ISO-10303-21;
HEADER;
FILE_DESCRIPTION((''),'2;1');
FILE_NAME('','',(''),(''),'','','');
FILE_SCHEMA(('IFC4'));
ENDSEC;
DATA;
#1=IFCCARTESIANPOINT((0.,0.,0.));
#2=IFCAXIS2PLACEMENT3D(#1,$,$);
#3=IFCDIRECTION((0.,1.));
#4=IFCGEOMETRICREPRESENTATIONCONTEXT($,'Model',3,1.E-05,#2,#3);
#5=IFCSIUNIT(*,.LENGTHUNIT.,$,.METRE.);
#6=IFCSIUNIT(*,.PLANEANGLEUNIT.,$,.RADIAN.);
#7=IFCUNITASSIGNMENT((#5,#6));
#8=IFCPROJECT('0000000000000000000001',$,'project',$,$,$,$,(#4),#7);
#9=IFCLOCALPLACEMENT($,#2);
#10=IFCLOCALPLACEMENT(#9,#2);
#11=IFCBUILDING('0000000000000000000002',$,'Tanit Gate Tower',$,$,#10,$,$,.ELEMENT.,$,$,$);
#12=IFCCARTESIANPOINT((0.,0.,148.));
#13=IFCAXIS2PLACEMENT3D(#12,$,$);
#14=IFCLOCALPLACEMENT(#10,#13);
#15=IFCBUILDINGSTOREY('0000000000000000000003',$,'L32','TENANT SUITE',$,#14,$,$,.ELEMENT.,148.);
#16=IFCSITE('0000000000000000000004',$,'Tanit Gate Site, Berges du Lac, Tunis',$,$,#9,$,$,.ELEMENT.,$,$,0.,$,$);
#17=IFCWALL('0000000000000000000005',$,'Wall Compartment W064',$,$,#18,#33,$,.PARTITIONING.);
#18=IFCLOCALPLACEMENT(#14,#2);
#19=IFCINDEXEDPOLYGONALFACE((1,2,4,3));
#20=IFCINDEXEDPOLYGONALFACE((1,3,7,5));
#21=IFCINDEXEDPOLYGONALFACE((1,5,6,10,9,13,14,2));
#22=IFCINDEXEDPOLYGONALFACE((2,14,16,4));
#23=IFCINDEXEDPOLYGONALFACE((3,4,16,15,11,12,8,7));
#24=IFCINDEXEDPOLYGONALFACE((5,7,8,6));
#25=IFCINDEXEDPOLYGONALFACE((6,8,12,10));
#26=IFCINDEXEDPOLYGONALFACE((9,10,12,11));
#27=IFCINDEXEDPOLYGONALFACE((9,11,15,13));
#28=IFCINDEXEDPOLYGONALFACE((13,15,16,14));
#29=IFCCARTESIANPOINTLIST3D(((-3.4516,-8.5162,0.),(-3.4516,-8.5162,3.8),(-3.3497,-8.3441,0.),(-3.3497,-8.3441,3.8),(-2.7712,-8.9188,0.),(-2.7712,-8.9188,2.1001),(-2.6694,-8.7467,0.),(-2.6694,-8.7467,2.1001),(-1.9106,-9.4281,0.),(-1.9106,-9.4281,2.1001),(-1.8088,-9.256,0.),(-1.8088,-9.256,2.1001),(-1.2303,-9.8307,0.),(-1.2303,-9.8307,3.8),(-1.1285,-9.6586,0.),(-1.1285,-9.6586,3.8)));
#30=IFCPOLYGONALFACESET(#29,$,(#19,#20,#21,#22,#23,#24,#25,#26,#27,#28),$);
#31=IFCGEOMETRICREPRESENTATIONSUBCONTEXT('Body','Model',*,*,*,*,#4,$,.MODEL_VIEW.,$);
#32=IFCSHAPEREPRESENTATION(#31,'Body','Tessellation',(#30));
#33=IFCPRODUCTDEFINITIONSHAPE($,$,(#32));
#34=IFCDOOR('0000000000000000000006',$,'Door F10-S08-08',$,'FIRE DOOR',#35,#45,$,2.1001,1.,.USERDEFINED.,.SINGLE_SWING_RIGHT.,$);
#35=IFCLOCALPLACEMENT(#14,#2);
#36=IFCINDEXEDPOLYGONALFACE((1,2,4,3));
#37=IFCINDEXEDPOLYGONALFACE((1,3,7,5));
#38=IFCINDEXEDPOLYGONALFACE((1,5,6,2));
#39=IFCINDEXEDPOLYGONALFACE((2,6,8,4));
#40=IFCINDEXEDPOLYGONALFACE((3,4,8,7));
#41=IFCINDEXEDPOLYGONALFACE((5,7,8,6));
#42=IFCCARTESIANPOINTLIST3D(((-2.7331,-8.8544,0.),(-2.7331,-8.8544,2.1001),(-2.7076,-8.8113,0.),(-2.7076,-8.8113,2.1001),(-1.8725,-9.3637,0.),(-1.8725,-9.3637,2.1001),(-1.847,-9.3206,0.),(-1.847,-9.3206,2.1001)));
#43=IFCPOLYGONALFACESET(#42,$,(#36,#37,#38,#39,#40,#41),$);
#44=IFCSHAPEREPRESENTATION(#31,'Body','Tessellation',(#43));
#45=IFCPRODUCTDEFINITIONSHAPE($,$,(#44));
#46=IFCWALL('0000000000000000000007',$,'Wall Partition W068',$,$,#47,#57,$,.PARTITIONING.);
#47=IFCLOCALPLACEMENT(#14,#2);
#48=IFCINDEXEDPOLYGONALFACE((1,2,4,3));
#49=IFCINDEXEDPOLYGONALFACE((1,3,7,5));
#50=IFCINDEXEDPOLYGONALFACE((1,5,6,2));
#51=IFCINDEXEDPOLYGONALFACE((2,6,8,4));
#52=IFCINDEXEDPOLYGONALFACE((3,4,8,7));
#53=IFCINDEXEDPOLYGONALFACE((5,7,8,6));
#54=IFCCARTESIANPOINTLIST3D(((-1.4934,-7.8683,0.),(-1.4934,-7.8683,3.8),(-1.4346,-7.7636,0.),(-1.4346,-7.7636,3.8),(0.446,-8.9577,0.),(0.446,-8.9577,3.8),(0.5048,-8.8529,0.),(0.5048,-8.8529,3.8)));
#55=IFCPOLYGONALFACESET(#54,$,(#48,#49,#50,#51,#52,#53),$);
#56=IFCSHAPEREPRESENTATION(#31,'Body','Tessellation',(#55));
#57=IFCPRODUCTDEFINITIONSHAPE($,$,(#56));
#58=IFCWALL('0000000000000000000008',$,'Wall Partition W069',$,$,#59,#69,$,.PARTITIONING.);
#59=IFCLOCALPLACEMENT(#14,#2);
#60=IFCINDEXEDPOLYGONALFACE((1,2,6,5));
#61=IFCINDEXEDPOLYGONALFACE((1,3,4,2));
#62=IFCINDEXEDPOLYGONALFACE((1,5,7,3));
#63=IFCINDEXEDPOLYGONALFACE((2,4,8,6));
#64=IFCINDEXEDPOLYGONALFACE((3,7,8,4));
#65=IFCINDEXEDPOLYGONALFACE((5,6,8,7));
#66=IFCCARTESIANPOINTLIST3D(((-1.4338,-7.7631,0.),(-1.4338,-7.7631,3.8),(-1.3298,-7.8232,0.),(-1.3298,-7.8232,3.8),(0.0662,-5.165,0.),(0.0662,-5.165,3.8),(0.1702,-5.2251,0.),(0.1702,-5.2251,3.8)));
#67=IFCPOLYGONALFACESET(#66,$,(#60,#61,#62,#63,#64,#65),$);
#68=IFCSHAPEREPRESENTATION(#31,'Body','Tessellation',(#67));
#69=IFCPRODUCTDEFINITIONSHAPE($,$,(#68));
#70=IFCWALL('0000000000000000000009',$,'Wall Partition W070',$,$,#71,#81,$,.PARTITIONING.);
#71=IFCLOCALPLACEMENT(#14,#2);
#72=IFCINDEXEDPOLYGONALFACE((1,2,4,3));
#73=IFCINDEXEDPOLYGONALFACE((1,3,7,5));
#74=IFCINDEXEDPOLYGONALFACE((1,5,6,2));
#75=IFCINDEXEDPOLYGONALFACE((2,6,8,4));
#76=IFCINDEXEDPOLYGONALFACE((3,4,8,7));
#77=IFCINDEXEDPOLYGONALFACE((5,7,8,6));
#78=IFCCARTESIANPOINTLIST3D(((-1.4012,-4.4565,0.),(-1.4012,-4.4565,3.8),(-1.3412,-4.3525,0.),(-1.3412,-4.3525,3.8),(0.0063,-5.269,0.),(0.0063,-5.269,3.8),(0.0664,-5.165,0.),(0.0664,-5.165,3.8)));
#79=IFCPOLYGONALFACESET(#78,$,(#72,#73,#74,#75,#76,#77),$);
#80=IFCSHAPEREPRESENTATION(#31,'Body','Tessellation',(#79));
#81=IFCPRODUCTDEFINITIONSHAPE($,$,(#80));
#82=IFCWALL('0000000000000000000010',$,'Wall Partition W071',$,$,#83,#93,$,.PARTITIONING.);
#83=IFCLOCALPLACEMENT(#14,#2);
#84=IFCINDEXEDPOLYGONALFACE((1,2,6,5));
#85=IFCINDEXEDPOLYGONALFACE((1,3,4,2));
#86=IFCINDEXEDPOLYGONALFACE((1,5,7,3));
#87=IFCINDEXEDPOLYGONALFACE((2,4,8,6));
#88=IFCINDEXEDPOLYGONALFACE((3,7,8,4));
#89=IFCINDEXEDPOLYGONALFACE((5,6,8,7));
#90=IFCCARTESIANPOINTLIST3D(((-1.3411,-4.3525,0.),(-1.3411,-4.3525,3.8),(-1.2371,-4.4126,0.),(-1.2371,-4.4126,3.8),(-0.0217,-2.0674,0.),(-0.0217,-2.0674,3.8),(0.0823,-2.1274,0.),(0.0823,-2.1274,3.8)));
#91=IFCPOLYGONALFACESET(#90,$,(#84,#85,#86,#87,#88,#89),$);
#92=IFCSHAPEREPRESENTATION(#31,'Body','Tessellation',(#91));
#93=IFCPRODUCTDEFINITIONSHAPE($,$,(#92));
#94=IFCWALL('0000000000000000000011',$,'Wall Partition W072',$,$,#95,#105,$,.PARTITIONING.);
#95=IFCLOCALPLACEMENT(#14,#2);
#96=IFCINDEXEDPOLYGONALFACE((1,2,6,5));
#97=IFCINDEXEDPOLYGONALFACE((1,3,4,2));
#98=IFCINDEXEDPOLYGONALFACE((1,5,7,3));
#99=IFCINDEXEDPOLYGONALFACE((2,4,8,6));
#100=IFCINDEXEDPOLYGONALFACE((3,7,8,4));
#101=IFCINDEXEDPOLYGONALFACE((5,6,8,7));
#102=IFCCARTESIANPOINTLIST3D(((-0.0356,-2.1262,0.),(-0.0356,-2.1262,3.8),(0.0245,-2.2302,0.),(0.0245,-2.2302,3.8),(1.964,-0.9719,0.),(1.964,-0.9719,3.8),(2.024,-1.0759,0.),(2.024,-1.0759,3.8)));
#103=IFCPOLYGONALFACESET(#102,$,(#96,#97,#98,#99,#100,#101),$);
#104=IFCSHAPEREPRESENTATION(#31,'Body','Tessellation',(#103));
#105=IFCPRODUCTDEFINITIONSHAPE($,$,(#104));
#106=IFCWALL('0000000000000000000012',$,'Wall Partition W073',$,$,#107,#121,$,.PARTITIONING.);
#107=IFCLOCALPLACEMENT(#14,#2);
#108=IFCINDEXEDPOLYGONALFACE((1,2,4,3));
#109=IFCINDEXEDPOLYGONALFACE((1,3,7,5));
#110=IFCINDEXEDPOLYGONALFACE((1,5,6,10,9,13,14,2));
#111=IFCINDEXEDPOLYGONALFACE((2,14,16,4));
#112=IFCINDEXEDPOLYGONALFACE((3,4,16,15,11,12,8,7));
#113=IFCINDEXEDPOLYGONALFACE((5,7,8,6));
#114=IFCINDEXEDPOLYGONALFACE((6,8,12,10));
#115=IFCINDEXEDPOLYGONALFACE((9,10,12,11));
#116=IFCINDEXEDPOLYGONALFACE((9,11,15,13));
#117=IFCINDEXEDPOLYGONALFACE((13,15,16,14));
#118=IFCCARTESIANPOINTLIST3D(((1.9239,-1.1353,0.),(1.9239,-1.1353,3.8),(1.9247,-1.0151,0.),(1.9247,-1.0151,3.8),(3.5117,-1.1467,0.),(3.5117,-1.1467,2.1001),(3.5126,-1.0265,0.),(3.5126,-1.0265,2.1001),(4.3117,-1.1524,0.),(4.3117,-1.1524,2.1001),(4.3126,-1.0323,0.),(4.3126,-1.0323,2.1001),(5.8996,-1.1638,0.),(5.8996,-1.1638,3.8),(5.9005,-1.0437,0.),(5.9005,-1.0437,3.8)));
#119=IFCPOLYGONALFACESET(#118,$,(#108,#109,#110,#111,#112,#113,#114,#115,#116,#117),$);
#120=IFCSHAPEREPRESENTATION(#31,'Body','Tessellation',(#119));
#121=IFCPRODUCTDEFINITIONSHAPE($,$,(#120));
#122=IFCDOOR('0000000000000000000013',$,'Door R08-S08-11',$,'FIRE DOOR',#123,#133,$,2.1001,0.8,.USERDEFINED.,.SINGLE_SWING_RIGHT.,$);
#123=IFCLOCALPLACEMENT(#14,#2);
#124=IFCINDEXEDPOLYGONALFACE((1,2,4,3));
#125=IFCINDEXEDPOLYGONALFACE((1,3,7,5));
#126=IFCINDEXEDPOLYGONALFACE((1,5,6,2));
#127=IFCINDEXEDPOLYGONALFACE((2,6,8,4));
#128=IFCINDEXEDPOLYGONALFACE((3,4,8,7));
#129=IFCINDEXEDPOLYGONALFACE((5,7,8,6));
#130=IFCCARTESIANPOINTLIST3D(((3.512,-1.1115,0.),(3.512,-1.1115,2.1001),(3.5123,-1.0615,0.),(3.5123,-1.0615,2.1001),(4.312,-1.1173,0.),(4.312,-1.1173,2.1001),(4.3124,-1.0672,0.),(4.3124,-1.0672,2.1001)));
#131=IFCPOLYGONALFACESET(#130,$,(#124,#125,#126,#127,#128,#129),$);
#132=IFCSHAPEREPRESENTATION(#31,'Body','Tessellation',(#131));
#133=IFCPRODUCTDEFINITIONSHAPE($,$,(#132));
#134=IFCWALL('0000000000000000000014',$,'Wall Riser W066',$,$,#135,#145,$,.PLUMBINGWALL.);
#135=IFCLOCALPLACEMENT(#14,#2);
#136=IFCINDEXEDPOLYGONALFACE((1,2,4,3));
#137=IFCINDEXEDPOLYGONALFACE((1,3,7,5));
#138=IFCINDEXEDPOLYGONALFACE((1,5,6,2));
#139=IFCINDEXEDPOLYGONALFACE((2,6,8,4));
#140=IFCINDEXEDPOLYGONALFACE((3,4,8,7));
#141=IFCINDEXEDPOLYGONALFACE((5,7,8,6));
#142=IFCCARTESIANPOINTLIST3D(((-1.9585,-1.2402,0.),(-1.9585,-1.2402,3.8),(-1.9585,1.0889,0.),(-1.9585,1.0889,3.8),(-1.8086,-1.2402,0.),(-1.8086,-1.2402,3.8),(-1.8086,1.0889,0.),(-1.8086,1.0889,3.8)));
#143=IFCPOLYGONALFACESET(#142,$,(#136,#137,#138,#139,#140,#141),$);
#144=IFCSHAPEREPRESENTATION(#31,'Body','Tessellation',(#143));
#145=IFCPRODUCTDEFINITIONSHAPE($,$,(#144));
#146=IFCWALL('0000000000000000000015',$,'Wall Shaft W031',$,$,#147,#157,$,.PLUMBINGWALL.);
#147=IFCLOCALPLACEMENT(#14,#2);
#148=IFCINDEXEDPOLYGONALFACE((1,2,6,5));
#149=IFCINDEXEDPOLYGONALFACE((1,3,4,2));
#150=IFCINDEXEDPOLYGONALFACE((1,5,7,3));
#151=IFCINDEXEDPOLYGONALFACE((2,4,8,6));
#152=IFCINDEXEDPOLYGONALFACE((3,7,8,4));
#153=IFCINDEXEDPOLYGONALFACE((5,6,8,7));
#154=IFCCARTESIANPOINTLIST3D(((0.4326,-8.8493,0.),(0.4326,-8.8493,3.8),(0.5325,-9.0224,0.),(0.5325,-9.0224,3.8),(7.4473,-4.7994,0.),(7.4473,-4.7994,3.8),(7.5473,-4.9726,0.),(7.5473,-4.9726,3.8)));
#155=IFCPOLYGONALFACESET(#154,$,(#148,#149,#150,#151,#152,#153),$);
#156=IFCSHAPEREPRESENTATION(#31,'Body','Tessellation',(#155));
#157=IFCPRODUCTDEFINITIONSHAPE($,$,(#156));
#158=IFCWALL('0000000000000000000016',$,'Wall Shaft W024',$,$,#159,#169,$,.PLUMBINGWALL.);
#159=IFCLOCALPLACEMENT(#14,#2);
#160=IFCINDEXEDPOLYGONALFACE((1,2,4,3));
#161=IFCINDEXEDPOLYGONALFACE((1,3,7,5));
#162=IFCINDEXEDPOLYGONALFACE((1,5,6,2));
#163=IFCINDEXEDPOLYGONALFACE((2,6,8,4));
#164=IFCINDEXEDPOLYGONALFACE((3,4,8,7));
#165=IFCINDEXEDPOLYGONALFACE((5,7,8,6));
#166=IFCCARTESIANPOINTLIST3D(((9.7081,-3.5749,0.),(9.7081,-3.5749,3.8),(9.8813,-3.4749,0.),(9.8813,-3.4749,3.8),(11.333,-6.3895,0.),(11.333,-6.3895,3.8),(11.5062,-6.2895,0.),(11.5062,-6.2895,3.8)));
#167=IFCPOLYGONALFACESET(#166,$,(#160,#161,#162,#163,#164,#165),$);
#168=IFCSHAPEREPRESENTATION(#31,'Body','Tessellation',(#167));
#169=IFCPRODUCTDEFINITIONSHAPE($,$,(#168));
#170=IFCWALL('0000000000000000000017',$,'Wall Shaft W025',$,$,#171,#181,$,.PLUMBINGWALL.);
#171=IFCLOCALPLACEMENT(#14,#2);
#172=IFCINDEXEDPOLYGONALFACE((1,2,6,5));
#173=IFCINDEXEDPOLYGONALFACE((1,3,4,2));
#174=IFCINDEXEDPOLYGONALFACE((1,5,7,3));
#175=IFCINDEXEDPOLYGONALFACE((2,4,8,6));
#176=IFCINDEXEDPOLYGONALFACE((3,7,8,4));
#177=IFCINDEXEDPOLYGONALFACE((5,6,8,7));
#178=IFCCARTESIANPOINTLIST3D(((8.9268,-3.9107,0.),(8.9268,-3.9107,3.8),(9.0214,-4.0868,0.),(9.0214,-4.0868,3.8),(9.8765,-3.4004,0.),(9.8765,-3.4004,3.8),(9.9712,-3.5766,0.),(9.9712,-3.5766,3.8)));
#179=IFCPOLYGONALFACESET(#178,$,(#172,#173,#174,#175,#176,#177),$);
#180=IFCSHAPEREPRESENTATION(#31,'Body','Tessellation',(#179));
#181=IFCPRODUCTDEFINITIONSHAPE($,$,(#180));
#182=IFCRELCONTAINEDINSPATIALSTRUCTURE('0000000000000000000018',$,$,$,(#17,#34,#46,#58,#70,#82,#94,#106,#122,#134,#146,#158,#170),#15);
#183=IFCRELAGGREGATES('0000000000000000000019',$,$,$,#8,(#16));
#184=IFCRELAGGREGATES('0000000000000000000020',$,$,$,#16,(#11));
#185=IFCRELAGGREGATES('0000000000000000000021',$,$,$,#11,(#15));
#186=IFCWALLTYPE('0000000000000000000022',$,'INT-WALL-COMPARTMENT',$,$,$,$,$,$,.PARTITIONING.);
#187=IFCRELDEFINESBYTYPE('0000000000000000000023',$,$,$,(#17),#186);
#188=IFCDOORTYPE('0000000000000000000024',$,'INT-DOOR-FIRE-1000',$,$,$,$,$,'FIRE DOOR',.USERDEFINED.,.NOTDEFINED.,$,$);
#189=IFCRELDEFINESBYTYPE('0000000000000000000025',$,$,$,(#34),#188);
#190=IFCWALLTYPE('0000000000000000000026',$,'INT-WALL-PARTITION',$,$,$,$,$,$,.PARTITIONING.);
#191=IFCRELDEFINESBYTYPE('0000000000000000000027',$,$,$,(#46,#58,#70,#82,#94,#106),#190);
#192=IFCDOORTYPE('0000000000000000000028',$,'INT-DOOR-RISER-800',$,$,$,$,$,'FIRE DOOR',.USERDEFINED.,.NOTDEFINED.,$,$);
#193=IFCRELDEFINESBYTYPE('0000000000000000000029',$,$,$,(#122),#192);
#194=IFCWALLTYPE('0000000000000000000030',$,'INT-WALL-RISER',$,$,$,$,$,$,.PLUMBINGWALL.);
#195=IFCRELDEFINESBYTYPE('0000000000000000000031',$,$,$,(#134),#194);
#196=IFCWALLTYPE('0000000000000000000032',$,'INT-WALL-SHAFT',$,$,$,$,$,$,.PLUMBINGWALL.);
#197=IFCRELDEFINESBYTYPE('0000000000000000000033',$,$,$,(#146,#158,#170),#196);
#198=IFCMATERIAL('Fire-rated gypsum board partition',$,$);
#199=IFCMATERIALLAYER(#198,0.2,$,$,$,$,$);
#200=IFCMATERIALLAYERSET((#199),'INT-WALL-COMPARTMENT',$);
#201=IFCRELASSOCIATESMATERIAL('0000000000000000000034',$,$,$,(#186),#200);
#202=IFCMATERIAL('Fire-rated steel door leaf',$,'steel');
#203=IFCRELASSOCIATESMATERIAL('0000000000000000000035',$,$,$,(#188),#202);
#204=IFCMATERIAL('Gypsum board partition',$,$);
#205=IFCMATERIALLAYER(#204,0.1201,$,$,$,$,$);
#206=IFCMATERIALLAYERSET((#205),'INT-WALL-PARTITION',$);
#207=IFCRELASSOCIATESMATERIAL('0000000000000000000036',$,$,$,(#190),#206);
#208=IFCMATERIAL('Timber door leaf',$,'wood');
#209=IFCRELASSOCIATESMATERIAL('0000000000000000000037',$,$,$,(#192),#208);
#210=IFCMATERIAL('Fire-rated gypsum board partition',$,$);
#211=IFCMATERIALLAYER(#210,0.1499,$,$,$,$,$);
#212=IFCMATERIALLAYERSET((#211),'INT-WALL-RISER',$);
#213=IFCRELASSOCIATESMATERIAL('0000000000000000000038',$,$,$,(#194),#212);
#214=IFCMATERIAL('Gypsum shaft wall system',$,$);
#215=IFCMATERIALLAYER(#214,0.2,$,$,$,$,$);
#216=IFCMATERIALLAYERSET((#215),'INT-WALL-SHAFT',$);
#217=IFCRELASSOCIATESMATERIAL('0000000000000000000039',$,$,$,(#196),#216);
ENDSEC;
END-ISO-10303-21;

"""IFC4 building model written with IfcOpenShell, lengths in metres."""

from ifc_helpers import new_model, si_unit, direction, frame, frame_2d, origin, place, context, subcontext, project, spatial, rectangle, extrude, material, layer, layer_set, type_object, element, fill, save


model = new_model("IFC4")

# Units and contexts
model_context = context("Model", 3, precision=1e-05, world=origin(), true_north=direction((0.0, 1.0)))
body_context = subcontext(model_context, "Body", "Model", "MODEL_VIEW")
ifc_project = project(units=[si_unit("LENGTHUNIT", "METRE"), si_unit("PLANEANGLEUNIT", "RADIAN")], contexts=[model_context])

# Site, building, storey
site_placement = place(None, origin())
site = spatial("IfcSite", under=ifc_project, at=site_placement, Name="Tanit Gate Site, Berges du Lac, Tunis", CompositionType="ELEMENT", RefElevation=0.0)
building_placement = place(site_placement, origin())
building = spatial("IfcBuilding", under=site, at=building_placement, Name="Tanit Gate Tower", CompositionType="ELEMENT")
storey_placement = place(building_placement, frame((0.0, 0.0, 148.0)))
storey = spatial("IfcBuildingStorey", under=building, at=storey_placement, Name="L32", Description="TENANT SUITE", CompositionType="ELEMENT", Elevation=148.0)

# Shared definitions
ifc_material_1 = material(Name="Fire-rated gypsum board partition")
ifc_layer_1 = layer(ifc_material_1, 0.2)
ifc_layer_set_1 = layer_set([ifc_layer_1], Name="INT-WALL-COMPARTMENT")
wall_type_1 = type_object("IfcWallType", Name="INT-WALL-COMPARTMENT", PredefinedType="PARTITIONING", material=ifc_layer_set_1)

# Wall, opening, door
wall_1_placement = place(storey_placement, frame((-3.4006, -8.4302, 0.0), z_axis=(0.0, 0.0, 1.0), x_axis=(0.860599, -0.509284, 0.0)))
wall_1 = element("IfcWall", 1, at=wall_1_placement, inside=storey, type_object=wall_type_1, Name="Wall Compartment W064", PredefinedType="PARTITIONING", context=body_context, shape_type="SweptSolid", body=[
    extrude(rectangle(XDim=2.5811, YDim=0.2, at=frame_2d((1.2905, 0.0))), origin(), (0.0, 0.0, 1.0), 3.8),
])
opening_1_placement = place(wall_1_placement, frame((0.7905, 0.0, 0.0)))
opening_1 = element("IfcOpeningElement", 2, at=opening_1_placement, cuts=wall_1, PredefinedType="OPENING", context=body_context, shape_type="SweptSolid", body=[
    extrude(rectangle(XDim=1.0, YDim=2.1001, at=frame_2d((0.5, 1.05))), frame((0.0, 0.1099, 0.0), z_axis=(0.0, -1.0, 0.0), x_axis=(1.0, 0.0, 0.0)), (0.0, 0.0, 1.0), 0.22),
])
ifc_material_2 = material(Name="Fire-rated steel door leaf", Category="steel")
door_type_1 = type_object("IfcDoorType", Name="INT-DOOR-FIRE-1000", ElementType="FIRE DOOR", OperationType="NOTDEFINED", PredefinedType="USERDEFINED", material=ifc_material_2)
door_1_placement = place(opening_1_placement, origin())
door_1 = element("IfcDoor", 3, at=door_1_placement, inside=storey, type_object=door_type_1, Name="Door F10-S08-08", ObjectType="FIRE DOOR", OperationType="SINGLE_SWING_RIGHT", OverallHeight=2.1001, OverallWidth=1.0, PredefinedType="USERDEFINED", context=body_context, shape_type="SweptSolid", body=[
    extrude(rectangle(XDim=1.0, YDim=2.1001, at=frame_2d((0.5, 1.05))), frame((0.0, 0.0249, 0.0), z_axis=(0.0, -1.0, 0.0), x_axis=(1.0, 0.0, 0.0)), (0.0, 0.0, 1.0), 0.05),
])
fill(opening_1, door_1)

# Walls
ifc_material_3 = material(Name="Gypsum board partition")
ifc_layer_2 = layer(ifc_material_3, 0.1201)
ifc_layer_set_2 = layer_set([ifc_layer_2], Name="INT-WALL-PARTITION")
wall_type_2 = type_object("IfcWallType", Name="INT-WALL-PARTITION", PredefinedType="PARTITIONING", material=ifc_layer_set_2)
wall_2_placement = place(storey_placement, frame((-1.4641, -7.8159, 0.0), z_axis=(0.0, 0.0, 1.0), x_axis=(0.87188, -0.489719, 0.0)))
element("IfcWall", 4, at=wall_2_placement, inside=storey, type_object=wall_type_2, Name="Wall Partition W068", PredefinedType="PARTITIONING", context=body_context, shape_type="SweptSolid", body=[
    extrude(rectangle(XDim=2.2244, YDim=0.1201, at=frame_2d((1.1123, 0.0))), origin(), (0.0, 0.0, 1.0), 3.8),
])
wall_3_placement = place(storey_placement, frame((0.1182, -5.1951, 0.0), z_axis=(0.0, 0.0, 1.0), x_axis=(-0.49999, -0.866031, 0.0)))
element("IfcWall", 5, at=wall_3_placement, inside=storey, type_object=wall_type_2, Name="Wall Partition W069", PredefinedType="PARTITIONING", context=body_context, shape_type="SweptSolid", body=[
    extrude(rectangle(XDim=3.0, YDim=0.1201, at=frame_2d((1.5, 0.0))), origin(), (0.0, 0.0, 1.0), 3.8),
])
wall_4_placement = place(storey_placement, frame((-1.3711, -4.4045, 0.0), z_axis=(0.0, 0.0, 1.0), x_axis=(0.866053, -0.499952, 0.0)))
element("IfcWall", 6, at=wall_4_placement, inside=storey, type_object=wall_type_2, Name="Wall Partition W070", PredefinedType="PARTITIONING", context=body_context, shape_type="SweptSolid", body=[
    extrude(rectangle(XDim=1.6252, YDim=0.1201, at=frame_2d((0.8125, 0.0))), origin(), (0.0, 0.0, 1.0), 3.8),
])
wall_5_placement = place(storey_placement, frame((0.0303, -2.0974, 0.0), z_axis=(0.0, 0.0, 1.0), x_axis=(-0.5, -0.866025, 0.0)))
element("IfcWall", 7, at=wall_5_placement, inside=storey, type_object=wall_type_2, Name="Wall Partition W071", PredefinedType="PARTITIONING", context=body_context, shape_type="SweptSolid", body=[
    extrude(rectangle(XDim=2.6387, YDim=0.1201, at=frame_2d((1.3193, 0.0))), origin(), (0.0, 0.0, 1.0), 3.8),
])
wall_6_placement = place(storey_placement, frame((1.9939, -1.0239, 0.0), z_axis=(0.0, 0.0, 1.0), x_axis=(-0.866048, -0.49996, 0.0)))
element("IfcWall", 8, at=wall_6_placement, inside=storey, type_object=wall_type_2, Name="Wall Partition W072", PredefinedType="PARTITIONING", context=body_context, shape_type="SweptSolid", body=[
    extrude(rectangle(XDim=2.3088, YDim=0.1201, at=frame_2d((1.1543, 0.0))), origin(), (0.0, 0.0, 1.0), 3.8),
])

# Wall, opening, door
wall_7_placement = place(storey_placement, frame((5.8999, -1.1038, 0.0), z_axis=(0.0, 0.0, 1.0), x_axis=(-0.999974, 0.007184, 0.0)))
wall_7 = element("IfcWall", 9, at=wall_7_placement, inside=storey, type_object=wall_type_2, Name="Wall Partition W073", PredefinedType="PARTITIONING", context=body_context, shape_type="SweptSolid", body=[
    extrude(rectangle(XDim=3.9758, YDim=0.1201, at=frame_2d((1.9878, 0.0))), origin(), (0.0, 0.0, 1.0), 3.8),
])
opening_2_placement = place(wall_7_placement, frame((1.5879, 0.0, 0.0)))
opening_2 = element("IfcOpeningElement", 10, at=opening_2_placement, cuts=wall_7, PredefinedType="OPENING", context=body_context, shape_type="SweptSolid", body=[
    extrude(rectangle(XDim=0.8, YDim=2.1001, at=frame_2d((0.3999, 1.05))), frame((0.0, 0.0701, 0.0), z_axis=(0.0, -1.0, 0.0), x_axis=(1.0, 0.0, 0.0)), (0.0, 0.0, 1.0), 0.1401),
])
ifc_material_4 = material(Name="Timber door leaf", Category="wood")
door_type_2 = type_object("IfcDoorType", Name="INT-DOOR-RISER-800", ElementType="FIRE DOOR", OperationType="NOTDEFINED", PredefinedType="USERDEFINED", material=ifc_material_4)
door_2_placement = place(opening_2_placement, origin())
door_2 = element("IfcDoor", 11, at=door_2_placement, inside=storey, type_object=door_type_2, Name="Door R08-S08-11", ObjectType="FIRE DOOR", OperationType="SINGLE_SWING_RIGHT", OverallHeight=2.1001, OverallWidth=0.8, PredefinedType="USERDEFINED", context=body_context, shape_type="SweptSolid", body=[
    extrude(rectangle(XDim=0.8, YDim=2.1001, at=frame_2d((0.3999, 1.05))), frame((0.0, 0.0249, 0.0), z_axis=(0.0, -1.0, 0.0), x_axis=(1.0, 0.0, 0.0)), (0.0, 0.0, 1.0), 0.05),
])
fill(opening_2, door_2)

# Walls
ifc_material_5 = material(Name="Fire-rated gypsum board partition")
ifc_layer_3 = layer(ifc_material_5, 0.1499)
ifc_layer_set_3 = layer_set([ifc_layer_3], Name="INT-WALL-RISER")
wall_type_3 = type_object("IfcWallType", Name="INT-WALL-RISER", PredefinedType="PLUMBINGWALL", material=ifc_layer_set_3)
wall_8_placement = place(storey_placement, frame((-1.8835, -1.2402, 0.0), z_axis=(0.0, 0.0, 1.0), x_axis=(0.0, 1.0, 0.0)))
element("IfcWall", 12, at=wall_8_placement, inside=storey, type_object=wall_type_3, Name="Wall Riser W066", PredefinedType="PLUMBINGWALL", context=body_context, shape_type="SweptSolid", body=[
    extrude(rectangle(XDim=2.3291, YDim=0.1499, at=frame_2d((1.1646, 0.0))), origin(), (0.0, 0.0, 1.0), 3.8),
])
ifc_material_6 = material(Name="Gypsum shaft wall system")
ifc_layer_4 = layer(ifc_material_6, 0.2)
ifc_layer_set_4 = layer_set([ifc_layer_4], Name="INT-WALL-SHAFT")
wall_type_4 = type_object("IfcWallType", Name="INT-WALL-SHAFT", PredefinedType="PLUMBINGWALL", material=ifc_layer_set_4)
wall_9_placement = place(storey_placement, frame((0.4827, -8.9358, 0.0), z_axis=(0.0, 0.0, 1.0), x_axis=(0.866031, 0.49999, 0.0)))
element("IfcWall", 13, at=wall_9_placement, inside=storey, type_object=wall_type_4, Name="Wall Shaft W031", PredefinedType="PLUMBINGWALL", context=body_context, shape_type="SweptSolid", body=[
    extrude(rectangle(XDim=8.0999, YDim=0.2, at=frame_2d((4.0498, 0.0))), origin(), (0.0, 0.0, 1.0), 3.8),
])
wall_10_placement = place(storey_placement, frame((9.7947, -3.5249, 0.0), z_axis=(0.0, 0.0, 1.0), x_axis=(0.499985, -0.866034, 0.0)))
element("IfcWall", 14, at=wall_10_placement, inside=storey, type_object=wall_type_4, Name="Wall Shaft W024", PredefinedType="PLUMBINGWALL", context=body_context, shape_type="SweptSolid", body=[
    extrude(rectangle(XDim=3.25, YDim=0.2, at=frame_2d((1.625, 0.0))), origin(), (0.0, 0.0, 1.0), 3.8),
])
wall_11_placement = place(storey_placement, frame((8.9741, -3.9988, 0.0), z_axis=(0.0, 0.0, 1.0), x_axis=(0.880907, 0.473289, 0.0)))
element("IfcWall", 15, at=wall_11_placement, inside=storey, type_object=wall_type_4, Name="Wall Shaft W025", PredefinedType="PLUMBINGWALL", context=body_context, shape_type="SweptSolid", body=[
    extrude(rectangle(XDim=1.0781, YDim=0.2, at=frame_2d((0.5391, 0.0))), origin(), (0.0, 0.0, 1.0), 3.8),
])

save(model, "model.ifc")
